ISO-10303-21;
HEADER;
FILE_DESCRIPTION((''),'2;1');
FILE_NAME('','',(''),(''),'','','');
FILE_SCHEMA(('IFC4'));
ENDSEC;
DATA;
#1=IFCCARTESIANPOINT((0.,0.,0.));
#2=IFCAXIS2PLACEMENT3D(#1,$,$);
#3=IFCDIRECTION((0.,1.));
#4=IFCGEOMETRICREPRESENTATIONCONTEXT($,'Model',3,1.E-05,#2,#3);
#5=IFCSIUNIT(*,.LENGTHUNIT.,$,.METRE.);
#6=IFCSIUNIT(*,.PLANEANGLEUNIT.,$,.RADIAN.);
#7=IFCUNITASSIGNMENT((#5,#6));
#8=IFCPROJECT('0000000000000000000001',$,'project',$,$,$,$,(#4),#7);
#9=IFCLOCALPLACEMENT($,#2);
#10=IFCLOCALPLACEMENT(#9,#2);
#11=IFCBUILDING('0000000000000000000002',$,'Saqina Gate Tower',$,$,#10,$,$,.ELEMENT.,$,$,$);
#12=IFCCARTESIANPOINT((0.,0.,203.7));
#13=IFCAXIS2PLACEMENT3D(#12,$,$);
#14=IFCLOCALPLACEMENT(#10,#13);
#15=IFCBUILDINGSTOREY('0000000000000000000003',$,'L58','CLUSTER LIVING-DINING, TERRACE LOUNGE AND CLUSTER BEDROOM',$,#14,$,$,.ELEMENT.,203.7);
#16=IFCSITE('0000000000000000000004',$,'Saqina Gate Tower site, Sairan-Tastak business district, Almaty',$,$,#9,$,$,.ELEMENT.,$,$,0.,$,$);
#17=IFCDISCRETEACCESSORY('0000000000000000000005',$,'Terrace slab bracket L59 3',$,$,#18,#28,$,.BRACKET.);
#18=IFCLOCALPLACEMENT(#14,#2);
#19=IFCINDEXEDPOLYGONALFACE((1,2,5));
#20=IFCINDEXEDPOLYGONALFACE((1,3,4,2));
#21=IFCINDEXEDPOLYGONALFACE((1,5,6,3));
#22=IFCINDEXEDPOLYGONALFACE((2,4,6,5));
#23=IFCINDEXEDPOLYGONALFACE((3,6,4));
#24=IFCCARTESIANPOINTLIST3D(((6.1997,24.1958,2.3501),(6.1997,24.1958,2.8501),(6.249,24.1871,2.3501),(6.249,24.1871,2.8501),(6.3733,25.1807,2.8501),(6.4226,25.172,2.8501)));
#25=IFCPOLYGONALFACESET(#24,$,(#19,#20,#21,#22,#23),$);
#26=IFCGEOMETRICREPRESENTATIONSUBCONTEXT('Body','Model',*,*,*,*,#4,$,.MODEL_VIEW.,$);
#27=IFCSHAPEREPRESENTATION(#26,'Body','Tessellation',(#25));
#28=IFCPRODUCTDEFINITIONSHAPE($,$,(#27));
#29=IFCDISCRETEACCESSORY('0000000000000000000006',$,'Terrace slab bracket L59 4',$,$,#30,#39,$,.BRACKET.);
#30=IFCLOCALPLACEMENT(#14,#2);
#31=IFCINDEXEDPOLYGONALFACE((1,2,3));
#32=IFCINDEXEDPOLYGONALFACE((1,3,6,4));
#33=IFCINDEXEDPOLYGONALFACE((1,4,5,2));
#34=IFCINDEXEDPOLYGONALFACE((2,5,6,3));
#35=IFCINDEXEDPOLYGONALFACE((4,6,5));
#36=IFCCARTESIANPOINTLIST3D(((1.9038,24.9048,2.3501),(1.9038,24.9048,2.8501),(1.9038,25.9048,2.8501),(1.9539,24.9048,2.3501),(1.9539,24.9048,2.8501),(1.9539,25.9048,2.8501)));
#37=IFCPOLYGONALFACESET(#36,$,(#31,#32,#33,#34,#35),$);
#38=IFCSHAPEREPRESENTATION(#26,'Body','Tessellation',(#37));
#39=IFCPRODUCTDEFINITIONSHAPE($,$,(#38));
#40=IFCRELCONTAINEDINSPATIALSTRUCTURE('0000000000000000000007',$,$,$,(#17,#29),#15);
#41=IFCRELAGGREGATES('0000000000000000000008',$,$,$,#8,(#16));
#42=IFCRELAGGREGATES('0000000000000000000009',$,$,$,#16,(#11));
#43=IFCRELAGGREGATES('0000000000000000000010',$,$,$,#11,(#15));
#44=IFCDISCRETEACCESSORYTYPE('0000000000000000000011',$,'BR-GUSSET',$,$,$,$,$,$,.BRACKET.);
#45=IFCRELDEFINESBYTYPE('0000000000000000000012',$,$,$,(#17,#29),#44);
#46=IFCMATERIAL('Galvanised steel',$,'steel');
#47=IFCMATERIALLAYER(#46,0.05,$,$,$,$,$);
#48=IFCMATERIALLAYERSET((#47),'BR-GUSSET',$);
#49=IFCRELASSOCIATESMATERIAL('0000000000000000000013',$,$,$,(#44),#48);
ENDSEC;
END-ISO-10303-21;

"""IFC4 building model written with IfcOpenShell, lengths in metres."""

from ifc_helpers import new_model, si_unit, direction, frame, origin, place, context, subcontext, project, spatial, polyline, outline, extrude, material, layer, layer_set, type_object, element, save


model = new_model("IFC4")

# Units and contexts
model_context = context("Model", 3, precision=1e-05, world=origin(), true_north=direction((0.0, 1.0)))
body_context = subcontext(model_context, "Body", "Model", "MODEL_VIEW")
ifc_project = project(units=[si_unit("LENGTHUNIT", "METRE"), si_unit("PLANEANGLEUNIT", "RADIAN")], contexts=[model_context])

# Site, building, storey
site_placement = place(None, origin())
site = spatial("IfcSite", under=ifc_project, at=site_placement, Name="Saqina Gate Tower site, Sairan-Tastak business district, Almaty", CompositionType="ELEMENT", RefElevation=0.0)
building_placement = place(site_placement, origin())
building = spatial("IfcBuilding", under=site, at=building_placement, Name="Saqina Gate Tower", CompositionType="ELEMENT")
storey_placement = place(building_placement, frame((0.0, 0.0, 203.7)))
storey = spatial("IfcBuildingStorey", under=building, at=storey_placement, Name="L58", Description="CLUSTER LIVING-DINING, TERRACE LOUNGE AND CLUSTER BEDROOM", CompositionType="ELEMENT", Elevation=203.7)

# Discrete accessories
ifc_material_1 = material(Name="Galvanised steel", Category="steel")
ifc_layer_1 = layer(ifc_material_1, 0.05)
ifc_layer_set_1 = layer_set([ifc_layer_1], Name="BR-GUSSET")
discrete_accessory_type_1 = type_object("IfcDiscreteAccessoryType", Name="BR-GUSSET", PredefinedType="BRACKET", material=ifc_layer_set_1)
discrete_accessory_1_placement = place(storey_placement, frame((6.1997, 24.1958, 2.3501), z_axis=(-0.98482, 0.173576, 0.0), x_axis=(0.0, 0.0, 1.0)))
element("IfcDiscreteAccessory", 1, at=discrete_accessory_1_placement, inside=storey, type_object=discrete_accessory_type_1, Name="Terrace slab bracket L59 3", PredefinedType="BRACKET", context=body_context, shape_type="SweptSolid", body=[
    extrude(outline(polyline([(0.0, 0.0), (0.5, 0.0), (0.5, 1.0), (0.0, 0.0)])), origin(), (0.0, 0.0, -1.0), 0.05),
])
discrete_accessory_2_placement = place(storey_placement, frame((1.9038, 24.9048, 2.3501), z_axis=(-1.0, 0.0, 0.0), x_axis=(0.0, 0.0, 1.0)))
element("IfcDiscreteAccessory", 2, at=discrete_accessory_2_placement, inside=storey, type_object=discrete_accessory_type_1, Name="Terrace slab bracket L59 4", PredefinedType="BRACKET", context=body_context, shape_type="SweptSolid", body=[
    extrude(outline(polyline([(0.0, 0.0), (0.5, 0.0), (0.5, 1.0), (0.0, 0.0)])), origin(), (0.0, 0.0, -1.0), 0.05),
])

save(model, "model.ifc")
